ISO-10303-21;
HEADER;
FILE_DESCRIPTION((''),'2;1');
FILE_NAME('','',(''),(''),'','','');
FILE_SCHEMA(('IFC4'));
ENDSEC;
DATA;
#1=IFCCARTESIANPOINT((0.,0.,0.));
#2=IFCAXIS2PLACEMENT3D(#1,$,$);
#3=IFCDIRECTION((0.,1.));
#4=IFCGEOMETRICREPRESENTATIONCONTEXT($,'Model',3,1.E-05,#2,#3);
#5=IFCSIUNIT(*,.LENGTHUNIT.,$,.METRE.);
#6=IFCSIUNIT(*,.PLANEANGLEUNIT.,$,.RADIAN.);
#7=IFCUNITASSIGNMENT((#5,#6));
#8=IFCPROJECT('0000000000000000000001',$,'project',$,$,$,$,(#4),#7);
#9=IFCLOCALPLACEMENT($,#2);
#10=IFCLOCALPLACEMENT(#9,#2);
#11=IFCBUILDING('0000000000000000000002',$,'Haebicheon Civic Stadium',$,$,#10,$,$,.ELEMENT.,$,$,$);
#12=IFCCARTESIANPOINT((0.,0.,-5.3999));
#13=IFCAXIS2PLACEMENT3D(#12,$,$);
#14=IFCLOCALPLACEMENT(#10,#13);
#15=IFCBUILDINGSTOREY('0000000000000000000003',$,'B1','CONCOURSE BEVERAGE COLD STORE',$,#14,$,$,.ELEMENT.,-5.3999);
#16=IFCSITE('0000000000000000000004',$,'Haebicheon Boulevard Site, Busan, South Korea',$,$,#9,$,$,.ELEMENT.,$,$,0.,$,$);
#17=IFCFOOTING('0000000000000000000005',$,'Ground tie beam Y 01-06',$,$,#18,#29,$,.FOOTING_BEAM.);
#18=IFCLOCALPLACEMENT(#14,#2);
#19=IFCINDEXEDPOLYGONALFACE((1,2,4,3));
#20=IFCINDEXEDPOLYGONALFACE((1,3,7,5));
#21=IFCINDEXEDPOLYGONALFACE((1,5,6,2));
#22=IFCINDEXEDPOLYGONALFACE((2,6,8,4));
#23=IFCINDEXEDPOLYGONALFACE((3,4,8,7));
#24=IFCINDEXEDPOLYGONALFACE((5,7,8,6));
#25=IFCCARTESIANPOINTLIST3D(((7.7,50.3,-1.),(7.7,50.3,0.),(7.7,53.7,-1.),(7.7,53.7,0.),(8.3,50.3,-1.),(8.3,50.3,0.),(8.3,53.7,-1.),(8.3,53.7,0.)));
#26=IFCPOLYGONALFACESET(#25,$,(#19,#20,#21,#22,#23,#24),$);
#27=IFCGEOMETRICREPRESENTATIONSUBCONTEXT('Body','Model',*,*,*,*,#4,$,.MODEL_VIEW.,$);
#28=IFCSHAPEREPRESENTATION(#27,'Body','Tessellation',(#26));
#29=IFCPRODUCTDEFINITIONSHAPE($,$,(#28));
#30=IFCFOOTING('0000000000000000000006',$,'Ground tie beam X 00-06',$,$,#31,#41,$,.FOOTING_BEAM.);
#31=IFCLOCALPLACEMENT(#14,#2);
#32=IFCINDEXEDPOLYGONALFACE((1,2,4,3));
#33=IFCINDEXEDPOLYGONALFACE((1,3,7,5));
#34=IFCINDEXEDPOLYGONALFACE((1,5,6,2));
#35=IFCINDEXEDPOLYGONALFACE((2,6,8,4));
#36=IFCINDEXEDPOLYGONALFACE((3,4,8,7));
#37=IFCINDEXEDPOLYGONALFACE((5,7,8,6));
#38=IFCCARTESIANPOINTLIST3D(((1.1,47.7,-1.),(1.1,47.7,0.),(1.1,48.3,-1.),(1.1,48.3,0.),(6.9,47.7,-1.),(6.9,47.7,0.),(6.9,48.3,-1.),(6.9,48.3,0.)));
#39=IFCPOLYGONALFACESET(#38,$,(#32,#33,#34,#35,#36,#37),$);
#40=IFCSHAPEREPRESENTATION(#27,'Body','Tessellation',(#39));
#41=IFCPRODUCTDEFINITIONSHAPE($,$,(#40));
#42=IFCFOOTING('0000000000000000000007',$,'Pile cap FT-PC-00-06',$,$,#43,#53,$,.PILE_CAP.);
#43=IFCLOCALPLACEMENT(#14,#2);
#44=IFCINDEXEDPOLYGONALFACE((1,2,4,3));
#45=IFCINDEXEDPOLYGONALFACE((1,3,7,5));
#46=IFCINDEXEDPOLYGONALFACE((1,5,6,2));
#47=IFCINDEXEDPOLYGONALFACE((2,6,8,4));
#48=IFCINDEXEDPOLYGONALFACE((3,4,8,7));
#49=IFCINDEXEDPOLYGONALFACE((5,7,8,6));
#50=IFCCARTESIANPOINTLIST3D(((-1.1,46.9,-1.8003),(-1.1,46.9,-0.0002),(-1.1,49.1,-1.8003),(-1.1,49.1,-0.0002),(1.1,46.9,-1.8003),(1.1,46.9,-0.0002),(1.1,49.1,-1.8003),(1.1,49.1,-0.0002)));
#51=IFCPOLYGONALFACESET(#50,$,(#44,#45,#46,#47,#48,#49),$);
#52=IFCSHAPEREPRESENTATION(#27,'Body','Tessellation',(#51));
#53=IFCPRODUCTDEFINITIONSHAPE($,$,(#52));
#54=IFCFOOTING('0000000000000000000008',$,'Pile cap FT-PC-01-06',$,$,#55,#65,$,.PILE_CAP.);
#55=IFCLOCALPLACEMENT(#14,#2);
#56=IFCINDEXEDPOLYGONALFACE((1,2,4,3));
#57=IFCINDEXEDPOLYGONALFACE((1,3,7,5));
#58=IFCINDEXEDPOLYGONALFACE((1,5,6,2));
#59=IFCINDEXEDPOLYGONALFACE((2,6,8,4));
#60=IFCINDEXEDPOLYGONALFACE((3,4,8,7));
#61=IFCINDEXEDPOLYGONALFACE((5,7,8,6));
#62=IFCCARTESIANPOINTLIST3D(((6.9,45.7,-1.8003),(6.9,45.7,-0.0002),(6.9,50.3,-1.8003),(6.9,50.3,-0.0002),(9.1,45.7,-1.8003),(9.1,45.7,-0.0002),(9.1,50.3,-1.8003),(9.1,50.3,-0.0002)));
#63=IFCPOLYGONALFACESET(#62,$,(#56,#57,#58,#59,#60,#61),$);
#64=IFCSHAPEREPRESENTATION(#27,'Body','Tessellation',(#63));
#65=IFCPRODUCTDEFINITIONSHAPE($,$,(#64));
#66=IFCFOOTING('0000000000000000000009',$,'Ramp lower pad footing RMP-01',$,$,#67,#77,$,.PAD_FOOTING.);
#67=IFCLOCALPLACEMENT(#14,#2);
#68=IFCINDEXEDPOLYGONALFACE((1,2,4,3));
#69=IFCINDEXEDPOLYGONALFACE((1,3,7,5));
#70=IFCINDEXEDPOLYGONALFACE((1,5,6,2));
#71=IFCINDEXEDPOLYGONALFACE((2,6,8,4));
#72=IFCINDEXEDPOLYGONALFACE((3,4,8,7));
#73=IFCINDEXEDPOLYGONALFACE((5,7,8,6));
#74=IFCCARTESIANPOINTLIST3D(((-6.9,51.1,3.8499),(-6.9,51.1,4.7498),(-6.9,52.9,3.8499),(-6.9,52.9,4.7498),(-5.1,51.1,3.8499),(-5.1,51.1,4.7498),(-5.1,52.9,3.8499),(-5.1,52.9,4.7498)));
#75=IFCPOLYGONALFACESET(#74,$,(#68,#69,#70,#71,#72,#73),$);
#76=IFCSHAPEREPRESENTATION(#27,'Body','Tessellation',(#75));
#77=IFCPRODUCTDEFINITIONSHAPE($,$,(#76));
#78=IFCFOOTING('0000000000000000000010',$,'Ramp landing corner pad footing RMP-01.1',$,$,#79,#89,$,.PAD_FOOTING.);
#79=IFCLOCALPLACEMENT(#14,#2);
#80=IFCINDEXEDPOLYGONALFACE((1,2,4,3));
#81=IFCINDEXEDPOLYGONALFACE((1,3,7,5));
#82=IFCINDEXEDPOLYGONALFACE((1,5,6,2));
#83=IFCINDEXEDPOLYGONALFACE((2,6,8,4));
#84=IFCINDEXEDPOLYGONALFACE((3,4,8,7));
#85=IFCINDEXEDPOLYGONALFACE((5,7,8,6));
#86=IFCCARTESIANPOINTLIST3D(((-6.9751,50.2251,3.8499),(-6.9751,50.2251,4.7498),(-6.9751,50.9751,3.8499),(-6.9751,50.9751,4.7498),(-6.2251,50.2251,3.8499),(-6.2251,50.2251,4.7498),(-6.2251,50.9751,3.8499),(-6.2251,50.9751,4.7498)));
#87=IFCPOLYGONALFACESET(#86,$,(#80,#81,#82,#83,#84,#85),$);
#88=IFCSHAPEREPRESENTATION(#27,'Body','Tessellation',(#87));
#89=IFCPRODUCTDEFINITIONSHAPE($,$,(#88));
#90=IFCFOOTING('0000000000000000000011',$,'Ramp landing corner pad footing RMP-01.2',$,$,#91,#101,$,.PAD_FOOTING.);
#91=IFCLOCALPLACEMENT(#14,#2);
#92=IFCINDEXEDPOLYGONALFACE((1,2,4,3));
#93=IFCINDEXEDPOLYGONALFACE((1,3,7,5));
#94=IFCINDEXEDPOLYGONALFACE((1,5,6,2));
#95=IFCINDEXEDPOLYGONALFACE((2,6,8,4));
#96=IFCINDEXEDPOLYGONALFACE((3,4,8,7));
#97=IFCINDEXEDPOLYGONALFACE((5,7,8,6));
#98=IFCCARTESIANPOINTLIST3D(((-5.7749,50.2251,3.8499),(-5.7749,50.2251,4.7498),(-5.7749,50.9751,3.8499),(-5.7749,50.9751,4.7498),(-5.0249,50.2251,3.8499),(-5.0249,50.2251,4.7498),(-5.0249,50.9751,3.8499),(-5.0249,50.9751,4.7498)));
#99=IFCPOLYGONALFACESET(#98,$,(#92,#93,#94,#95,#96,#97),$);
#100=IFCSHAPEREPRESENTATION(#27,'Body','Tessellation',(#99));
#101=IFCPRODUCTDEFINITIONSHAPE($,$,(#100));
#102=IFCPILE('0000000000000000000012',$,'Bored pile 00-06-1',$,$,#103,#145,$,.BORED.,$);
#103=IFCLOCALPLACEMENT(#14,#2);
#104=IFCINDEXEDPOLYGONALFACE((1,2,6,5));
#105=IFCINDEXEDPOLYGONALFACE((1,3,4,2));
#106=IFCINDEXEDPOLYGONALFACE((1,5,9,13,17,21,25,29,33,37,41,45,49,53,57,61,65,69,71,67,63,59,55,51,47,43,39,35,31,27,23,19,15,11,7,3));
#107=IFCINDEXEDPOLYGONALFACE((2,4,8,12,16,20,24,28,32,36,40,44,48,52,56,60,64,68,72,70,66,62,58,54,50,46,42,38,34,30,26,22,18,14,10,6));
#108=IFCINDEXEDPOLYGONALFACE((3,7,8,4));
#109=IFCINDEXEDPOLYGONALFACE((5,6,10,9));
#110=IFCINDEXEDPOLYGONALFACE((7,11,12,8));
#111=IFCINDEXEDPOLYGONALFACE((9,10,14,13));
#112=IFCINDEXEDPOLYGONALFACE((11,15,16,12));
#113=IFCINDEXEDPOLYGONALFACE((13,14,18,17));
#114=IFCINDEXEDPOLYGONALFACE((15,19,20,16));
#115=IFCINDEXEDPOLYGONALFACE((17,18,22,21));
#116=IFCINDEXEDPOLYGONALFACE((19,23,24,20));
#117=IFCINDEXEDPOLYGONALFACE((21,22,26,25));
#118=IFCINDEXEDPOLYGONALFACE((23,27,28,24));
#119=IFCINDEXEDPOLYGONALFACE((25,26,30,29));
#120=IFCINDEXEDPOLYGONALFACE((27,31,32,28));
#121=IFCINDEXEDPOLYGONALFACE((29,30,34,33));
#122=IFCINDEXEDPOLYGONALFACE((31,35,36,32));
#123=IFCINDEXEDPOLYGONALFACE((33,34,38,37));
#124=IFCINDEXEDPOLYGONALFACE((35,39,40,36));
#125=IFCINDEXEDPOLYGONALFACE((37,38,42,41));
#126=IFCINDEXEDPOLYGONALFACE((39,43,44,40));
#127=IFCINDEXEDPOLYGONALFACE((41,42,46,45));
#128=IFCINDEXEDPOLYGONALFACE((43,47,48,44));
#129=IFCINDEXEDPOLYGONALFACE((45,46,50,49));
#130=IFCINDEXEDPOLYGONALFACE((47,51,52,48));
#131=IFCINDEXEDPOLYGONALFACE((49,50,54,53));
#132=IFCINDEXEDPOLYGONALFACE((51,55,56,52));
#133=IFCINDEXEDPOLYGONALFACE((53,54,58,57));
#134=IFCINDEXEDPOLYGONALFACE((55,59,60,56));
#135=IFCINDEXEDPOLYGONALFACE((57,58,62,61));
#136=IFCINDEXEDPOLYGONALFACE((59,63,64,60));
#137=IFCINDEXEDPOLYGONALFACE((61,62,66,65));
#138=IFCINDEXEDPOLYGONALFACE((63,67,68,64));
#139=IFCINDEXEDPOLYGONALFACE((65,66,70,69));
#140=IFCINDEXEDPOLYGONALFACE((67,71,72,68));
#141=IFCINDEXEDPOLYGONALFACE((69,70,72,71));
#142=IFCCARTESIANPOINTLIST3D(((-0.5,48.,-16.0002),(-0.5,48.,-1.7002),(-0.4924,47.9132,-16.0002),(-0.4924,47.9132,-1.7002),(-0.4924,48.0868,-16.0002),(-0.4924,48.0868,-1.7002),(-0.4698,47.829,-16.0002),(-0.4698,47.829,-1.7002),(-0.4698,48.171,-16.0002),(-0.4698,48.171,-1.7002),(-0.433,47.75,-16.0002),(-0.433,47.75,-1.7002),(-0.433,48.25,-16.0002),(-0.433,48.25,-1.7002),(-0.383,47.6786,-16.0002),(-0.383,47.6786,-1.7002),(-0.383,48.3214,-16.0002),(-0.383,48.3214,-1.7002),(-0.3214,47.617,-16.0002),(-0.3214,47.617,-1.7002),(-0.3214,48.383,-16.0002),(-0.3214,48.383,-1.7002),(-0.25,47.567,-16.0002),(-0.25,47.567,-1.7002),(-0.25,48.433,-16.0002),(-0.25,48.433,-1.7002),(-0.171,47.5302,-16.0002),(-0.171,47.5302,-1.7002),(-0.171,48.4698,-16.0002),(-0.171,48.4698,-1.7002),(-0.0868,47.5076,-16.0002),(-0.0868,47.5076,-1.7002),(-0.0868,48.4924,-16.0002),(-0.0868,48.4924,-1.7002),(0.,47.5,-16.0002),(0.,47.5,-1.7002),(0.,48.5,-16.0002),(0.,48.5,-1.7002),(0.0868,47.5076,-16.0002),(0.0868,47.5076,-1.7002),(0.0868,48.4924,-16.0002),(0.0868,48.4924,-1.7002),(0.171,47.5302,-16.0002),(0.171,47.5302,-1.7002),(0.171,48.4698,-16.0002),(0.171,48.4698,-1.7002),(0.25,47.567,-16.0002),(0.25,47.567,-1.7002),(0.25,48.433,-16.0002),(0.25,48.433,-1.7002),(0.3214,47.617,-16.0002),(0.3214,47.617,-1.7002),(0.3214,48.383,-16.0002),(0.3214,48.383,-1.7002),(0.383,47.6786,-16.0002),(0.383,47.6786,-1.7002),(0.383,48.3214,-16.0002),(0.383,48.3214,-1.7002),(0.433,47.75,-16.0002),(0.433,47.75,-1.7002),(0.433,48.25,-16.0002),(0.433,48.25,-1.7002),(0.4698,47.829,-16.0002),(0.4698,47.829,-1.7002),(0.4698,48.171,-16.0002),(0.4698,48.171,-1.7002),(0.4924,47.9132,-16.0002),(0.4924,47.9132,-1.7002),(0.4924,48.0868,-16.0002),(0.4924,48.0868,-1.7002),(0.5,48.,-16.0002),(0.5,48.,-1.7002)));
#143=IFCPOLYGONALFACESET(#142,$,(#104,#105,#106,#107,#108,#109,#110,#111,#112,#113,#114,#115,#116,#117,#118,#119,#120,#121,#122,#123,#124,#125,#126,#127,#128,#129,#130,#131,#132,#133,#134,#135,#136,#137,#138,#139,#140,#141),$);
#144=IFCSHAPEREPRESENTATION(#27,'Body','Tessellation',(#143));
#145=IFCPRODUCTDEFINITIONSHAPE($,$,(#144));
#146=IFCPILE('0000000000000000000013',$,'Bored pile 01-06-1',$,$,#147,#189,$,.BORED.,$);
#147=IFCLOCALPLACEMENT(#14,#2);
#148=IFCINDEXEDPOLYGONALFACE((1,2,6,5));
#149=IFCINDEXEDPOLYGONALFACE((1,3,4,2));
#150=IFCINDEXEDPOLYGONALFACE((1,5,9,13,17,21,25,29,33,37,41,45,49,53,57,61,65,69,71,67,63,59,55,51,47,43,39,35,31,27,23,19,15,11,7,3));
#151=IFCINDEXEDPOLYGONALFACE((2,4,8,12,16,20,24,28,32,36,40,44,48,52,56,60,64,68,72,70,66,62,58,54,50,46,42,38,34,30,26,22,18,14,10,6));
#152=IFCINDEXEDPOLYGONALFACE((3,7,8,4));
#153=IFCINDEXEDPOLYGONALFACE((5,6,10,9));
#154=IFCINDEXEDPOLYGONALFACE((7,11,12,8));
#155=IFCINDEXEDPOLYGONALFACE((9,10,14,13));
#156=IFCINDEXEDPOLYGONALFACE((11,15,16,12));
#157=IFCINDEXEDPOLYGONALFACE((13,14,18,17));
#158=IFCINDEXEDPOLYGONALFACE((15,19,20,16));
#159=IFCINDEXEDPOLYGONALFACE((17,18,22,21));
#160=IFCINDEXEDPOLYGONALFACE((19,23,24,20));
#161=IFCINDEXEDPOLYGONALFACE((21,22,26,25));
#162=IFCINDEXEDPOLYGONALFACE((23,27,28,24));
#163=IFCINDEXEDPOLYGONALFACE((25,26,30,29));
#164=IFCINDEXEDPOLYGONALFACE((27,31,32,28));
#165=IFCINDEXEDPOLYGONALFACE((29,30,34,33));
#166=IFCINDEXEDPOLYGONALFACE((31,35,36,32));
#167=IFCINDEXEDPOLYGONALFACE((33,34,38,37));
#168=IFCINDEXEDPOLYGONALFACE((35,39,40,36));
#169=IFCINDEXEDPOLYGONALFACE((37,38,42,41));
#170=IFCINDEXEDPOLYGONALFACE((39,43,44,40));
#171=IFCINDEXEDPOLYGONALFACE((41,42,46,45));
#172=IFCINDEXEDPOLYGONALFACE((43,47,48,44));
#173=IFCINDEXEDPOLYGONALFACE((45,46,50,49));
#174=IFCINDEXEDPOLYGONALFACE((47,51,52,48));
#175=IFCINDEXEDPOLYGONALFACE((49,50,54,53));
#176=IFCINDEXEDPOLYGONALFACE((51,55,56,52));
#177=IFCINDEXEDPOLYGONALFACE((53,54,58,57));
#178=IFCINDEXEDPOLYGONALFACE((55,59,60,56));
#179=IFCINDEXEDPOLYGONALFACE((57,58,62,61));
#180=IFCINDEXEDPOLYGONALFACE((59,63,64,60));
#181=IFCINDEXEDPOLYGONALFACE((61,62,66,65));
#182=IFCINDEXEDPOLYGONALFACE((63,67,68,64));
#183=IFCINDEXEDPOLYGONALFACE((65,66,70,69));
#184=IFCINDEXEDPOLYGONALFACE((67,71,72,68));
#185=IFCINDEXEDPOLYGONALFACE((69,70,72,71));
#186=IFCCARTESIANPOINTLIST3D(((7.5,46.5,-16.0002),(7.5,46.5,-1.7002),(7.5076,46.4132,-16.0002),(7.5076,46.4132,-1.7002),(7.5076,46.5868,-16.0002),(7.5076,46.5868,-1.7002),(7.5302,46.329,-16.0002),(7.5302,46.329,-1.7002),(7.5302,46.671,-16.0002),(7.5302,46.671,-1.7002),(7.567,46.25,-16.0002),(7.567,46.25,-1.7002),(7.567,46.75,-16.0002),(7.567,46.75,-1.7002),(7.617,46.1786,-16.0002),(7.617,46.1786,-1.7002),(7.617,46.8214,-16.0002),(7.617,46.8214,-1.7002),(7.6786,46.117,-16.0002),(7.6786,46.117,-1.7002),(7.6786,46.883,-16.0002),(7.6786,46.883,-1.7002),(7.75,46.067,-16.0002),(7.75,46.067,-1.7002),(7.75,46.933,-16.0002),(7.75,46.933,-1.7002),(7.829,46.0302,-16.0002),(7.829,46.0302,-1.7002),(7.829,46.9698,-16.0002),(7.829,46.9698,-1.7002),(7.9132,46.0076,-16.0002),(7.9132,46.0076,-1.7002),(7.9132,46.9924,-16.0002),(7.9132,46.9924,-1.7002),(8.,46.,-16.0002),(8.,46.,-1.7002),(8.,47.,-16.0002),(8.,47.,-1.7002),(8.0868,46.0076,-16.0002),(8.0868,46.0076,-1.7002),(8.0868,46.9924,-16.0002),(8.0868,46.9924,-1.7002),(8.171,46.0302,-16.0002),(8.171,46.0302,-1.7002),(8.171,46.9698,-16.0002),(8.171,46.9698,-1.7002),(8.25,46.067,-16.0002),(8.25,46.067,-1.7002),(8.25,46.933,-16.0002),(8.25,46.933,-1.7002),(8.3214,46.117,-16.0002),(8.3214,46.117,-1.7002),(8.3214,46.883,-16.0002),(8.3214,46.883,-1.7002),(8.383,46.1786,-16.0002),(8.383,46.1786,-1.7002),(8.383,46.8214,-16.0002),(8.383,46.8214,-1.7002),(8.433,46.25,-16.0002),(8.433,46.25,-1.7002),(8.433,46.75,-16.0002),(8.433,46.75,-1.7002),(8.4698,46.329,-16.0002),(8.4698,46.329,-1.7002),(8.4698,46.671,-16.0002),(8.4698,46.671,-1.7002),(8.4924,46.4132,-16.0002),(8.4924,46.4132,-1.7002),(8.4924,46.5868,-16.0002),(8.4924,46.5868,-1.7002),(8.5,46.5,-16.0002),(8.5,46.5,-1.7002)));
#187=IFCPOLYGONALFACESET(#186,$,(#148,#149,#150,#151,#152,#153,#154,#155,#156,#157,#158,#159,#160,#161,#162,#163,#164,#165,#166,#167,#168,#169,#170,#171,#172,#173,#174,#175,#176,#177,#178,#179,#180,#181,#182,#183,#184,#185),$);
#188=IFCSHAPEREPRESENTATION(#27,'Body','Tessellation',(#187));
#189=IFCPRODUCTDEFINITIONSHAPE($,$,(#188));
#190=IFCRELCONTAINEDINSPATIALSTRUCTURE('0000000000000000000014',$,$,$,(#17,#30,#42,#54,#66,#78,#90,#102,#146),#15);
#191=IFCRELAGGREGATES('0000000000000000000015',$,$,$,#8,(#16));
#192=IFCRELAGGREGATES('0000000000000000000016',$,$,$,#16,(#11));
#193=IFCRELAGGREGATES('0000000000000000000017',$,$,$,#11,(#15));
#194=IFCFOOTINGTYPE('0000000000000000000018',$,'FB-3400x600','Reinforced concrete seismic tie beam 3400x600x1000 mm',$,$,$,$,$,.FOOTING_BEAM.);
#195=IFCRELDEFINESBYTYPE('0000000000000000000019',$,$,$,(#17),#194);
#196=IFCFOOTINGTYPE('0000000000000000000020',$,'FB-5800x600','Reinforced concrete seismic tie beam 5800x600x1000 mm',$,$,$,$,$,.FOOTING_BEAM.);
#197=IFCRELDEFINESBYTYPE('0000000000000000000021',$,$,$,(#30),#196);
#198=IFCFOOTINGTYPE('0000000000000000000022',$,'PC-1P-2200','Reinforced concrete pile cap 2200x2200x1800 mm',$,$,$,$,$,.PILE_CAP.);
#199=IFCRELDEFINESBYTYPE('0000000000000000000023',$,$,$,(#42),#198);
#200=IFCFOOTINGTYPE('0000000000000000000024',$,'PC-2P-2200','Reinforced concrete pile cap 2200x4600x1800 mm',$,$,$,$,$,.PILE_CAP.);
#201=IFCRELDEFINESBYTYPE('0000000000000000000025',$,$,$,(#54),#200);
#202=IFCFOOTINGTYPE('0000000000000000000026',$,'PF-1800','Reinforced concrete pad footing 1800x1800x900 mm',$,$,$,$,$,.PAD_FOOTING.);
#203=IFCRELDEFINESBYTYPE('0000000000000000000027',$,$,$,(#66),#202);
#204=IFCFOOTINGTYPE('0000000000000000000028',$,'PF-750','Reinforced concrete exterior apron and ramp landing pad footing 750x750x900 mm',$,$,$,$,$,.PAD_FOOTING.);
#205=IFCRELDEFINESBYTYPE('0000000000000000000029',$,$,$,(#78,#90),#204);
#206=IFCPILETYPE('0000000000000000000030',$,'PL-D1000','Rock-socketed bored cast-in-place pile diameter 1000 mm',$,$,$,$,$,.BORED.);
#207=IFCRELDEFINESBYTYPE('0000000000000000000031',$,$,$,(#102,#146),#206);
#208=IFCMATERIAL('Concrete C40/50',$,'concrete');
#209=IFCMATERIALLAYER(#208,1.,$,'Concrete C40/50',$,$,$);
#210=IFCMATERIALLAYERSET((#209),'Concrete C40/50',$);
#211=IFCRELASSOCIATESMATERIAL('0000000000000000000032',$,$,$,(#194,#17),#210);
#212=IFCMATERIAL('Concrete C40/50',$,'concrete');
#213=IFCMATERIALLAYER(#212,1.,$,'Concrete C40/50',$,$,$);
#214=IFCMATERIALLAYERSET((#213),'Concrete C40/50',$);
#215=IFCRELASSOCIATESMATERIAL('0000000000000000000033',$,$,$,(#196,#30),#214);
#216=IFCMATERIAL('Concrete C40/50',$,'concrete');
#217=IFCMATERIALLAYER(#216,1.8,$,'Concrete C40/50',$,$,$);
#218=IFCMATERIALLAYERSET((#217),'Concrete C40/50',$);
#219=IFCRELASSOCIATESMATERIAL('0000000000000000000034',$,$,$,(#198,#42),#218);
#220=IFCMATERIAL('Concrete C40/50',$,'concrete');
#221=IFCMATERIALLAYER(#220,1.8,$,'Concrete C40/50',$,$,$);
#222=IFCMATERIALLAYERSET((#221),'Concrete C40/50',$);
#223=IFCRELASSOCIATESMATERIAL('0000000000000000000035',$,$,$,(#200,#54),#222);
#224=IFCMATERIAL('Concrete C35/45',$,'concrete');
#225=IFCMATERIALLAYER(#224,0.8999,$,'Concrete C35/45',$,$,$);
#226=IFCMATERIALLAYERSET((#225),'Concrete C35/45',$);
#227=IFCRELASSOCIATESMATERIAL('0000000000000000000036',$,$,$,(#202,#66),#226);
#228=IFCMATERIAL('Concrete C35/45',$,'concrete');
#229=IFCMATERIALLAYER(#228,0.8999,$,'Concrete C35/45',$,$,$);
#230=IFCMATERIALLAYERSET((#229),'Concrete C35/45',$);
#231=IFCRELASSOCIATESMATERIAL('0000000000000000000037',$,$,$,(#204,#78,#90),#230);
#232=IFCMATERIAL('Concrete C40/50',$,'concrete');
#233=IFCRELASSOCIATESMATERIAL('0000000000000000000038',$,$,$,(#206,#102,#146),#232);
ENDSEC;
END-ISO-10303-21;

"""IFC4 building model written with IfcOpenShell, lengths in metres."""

from ifc_helpers import new_model, si_unit, direction, frame, origin, origin_2d, place, context, subcontext, project, spatial, rectangle, circle, extrude, material, layer, layer_set, material_profile, profile_set, type_object, element, save


model = new_model("IFC4")

# Units and contexts
model_context = context("Model", 3, precision=1e-05, world=origin(), true_north=direction((0.0, 1.0)))
body_context = subcontext(model_context, "Body", "Model", "MODEL_VIEW")
ifc_project = project(units=[si_unit("LENGTHUNIT", "METRE"), si_unit("PLANEANGLEUNIT", "RADIAN")], contexts=[model_context])

# Site, building, storey
site_placement = place(None, origin())
site = spatial("IfcSite", under=ifc_project, at=site_placement, Name="Haebicheon Boulevard Site, Busan, South Korea", CompositionType="ELEMENT", RefElevation=0.0)
building_placement = place(site_placement, origin())
building = spatial("IfcBuilding", under=site, at=building_placement, Name="Haebicheon Civic Stadium", CompositionType="ELEMENT")
storey_placement = place(building_placement, frame((0.0, 0.0, -5.3999)))
storey = spatial("IfcBuildingStorey", under=building, at=storey_placement, Name="B1", Description="CONCOURSE BEVERAGE COLD STORE", CompositionType="ELEMENT", Elevation=-5.3999)

# Footings
ifc_material_1 = material(Name="Concrete C40/50", Category="concrete")
ifc_layer_1 = layer(ifc_material_1, 1.0, Name="Concrete C40/50")
ifc_layer_set_1 = layer_set([ifc_layer_1], Name="Concrete C40/50")
footing_type_1 = type_object("IfcFootingType", Name="FB-3400x600", Description="Reinforced concrete seismic tie beam 3400x600x1000 mm", PredefinedType="FOOTING_BEAM", material=ifc_layer_set_1)
footing_1_placement = place(storey_placement, frame((8.0, 52.0, -1.0), z_axis=(0.0, 0.0, 1.0), x_axis=(0.0, 1.0, 0.0)))
element("IfcFooting", 1, at=footing_1_placement, inside=storey, type_object=footing_type_1, material=ifc_layer_set_1, Name="Ground tie beam Y 01-06", PredefinedType="FOOTING_BEAM", context=body_context, shape_type="SweptSolid", body=[
    extrude(rectangle(XDim=3.3999, YDim=0.6001, at=origin_2d()), origin(), (0.0, 0.0, 1.0), 1.0),
])
ifc_material_2 = material(Name="Concrete C40/50", Category="concrete")
ifc_layer_2 = layer(ifc_material_2, 1.0, Name="Concrete C40/50")
ifc_layer_set_2 = layer_set([ifc_layer_2], Name="Concrete C40/50")
footing_type_2 = type_object("IfcFootingType", Name="FB-5800x600", Description="Reinforced concrete seismic tie beam 5800x600x1000 mm", PredefinedType="FOOTING_BEAM", material=ifc_layer_set_2)
footing_2_placement = place(storey_placement, frame((4.0, 48.0, -1.0), z_axis=(0.0, 0.0, 1.0), x_axis=(1.0, 0.0, 0.0)))
element("IfcFooting", 2, at=footing_2_placement, inside=storey, type_object=footing_type_2, material=ifc_layer_set_2, Name="Ground tie beam X 00-06", PredefinedType="FOOTING_BEAM", context=body_context, shape_type="SweptSolid", body=[
    extrude(rectangle(XDim=5.8, YDim=0.6001, at=origin_2d()), origin(), (0.0, 0.0, 1.0), 1.0),
])
ifc_material_3 = material(Name="Concrete C40/50", Category="concrete")
ifc_layer_3 = layer(ifc_material_3, 1.8, Name="Concrete C40/50")
ifc_layer_set_3 = layer_set([ifc_layer_3], Name="Concrete C40/50")
footing_type_3 = type_object("IfcFootingType", Name="PC-1P-2200", Description="Reinforced concrete pile cap 2200x2200x1800 mm", PredefinedType="PILE_CAP", material=ifc_layer_set_3)
footing_3_placement = place(storey_placement, frame((0.0, 48.0, -1.8003), z_axis=(0.0, 0.0, 1.0), x_axis=(1.0, 0.0, 0.0)))
element("IfcFooting", 3, at=footing_3_placement, inside=storey, type_object=footing_type_3, material=ifc_layer_set_3, Name="Pile cap FT-PC-00-06", PredefinedType="PILE_CAP", context=body_context, shape_type="SweptSolid", body=[
    extrude(rectangle(XDim=2.2, YDim=2.2, at=origin_2d()), origin(), (0.0, 0.0, 1.0), 1.8),
])
ifc_material_4 = material(Name="Concrete C40/50", Category="concrete")
ifc_layer_4 = layer(ifc_material_4, 1.8, Name="Concrete C40/50")
ifc_layer_set_4 = layer_set([ifc_layer_4], Name="Concrete C40/50")
footing_type_4 = type_object("IfcFootingType", Name="PC-2P-2200", Description="Reinforced concrete pile cap 2200x4600x1800 mm", PredefinedType="PILE_CAP", material=ifc_layer_set_4)
footing_4_placement = place(storey_placement, frame((8.0, 48.0, -1.8003), z_axis=(0.0, 0.0, 1.0), x_axis=(1.0, 0.0, 0.0)))
element("IfcFooting", 4, at=footing_4_placement, inside=storey, type_object=footing_type_4, material=ifc_layer_set_4, Name="Pile cap FT-PC-01-06", PredefinedType="PILE_CAP", context=body_context, shape_type="SweptSolid", body=[
    extrude(rectangle(XDim=2.2, YDim=4.6001, at=origin_2d()), origin(), (0.0, 0.0, 1.0), 1.8),
])
ifc_material_5 = material(Name="Concrete C35/45", Category="concrete")
ifc_layer_5 = layer(ifc_material_5, 0.8999, Name="Concrete C35/45")
ifc_layer_set_5 = layer_set([ifc_layer_5], Name="Concrete C35/45")
footing_type_5 = type_object("IfcFootingType", Name="PF-1800", Description="Reinforced concrete pad footing 1800x1800x900 mm", PredefinedType="PAD_FOOTING", material=ifc_layer_set_5)
footing_5_placement = place(storey_placement, frame((-6.0, 52.0, 3.8499), z_axis=(0.0, 0.0, 1.0), x_axis=(1.0, 0.0, 0.0)))
element("IfcFooting", 5, at=footing_5_placement, inside=storey, type_object=footing_type_5, material=ifc_layer_set_5, Name="Ramp lower pad footing RMP-01", PredefinedType="PAD_FOOTING", context=body_context, shape_type="SweptSolid", body=[
    extrude(rectangle(XDim=1.8, YDim=1.8, at=origin_2d()), origin(), (0.0, 0.0, 1.0), 0.8999),
])
ifc_material_6 = material(Name="Concrete C35/45", Category="concrete")
ifc_layer_6 = layer(ifc_material_6, 0.8999, Name="Concrete C35/45")
ifc_layer_set_6 = layer_set([ifc_layer_6], Name="Concrete C35/45")
footing_type_6 = type_object("IfcFootingType", Name="PF-750", Description="Reinforced concrete exterior apron and ramp landing pad footing 750x750x900 mm", PredefinedType="PAD_FOOTING", material=ifc_layer_set_6)
for number, where, z_axis, x_axis, name in (
    (6, (-6.6001, 50.6001, 3.8499), (0.0, 0.0, 1.0), (1.0, 0.0, 0.0), "Ramp landing corner pad footing RMP-01.1"),
    (7, (-5.3999, 50.6001, 3.8499), (0.0, 0.0, 1.0), (1.0, 0.0, 0.0), "Ramp landing corner pad footing RMP-01.2"),
):
    element("IfcFooting", number, at=place(storey_placement, frame(where, z_axis=z_axis, x_axis=x_axis)), inside=storey, type_object=footing_type_6, material=ifc_layer_set_6, Name=name, PredefinedType="PAD_FOOTING", context=body_context, shape_type="SweptSolid", body=[
        extrude(rectangle(XDim=0.75, YDim=0.75, at=origin_2d()), origin(), (0.0, 0.0, 1.0), 0.8999),
    ])

# Piles
ifc_material_7 = material(Name="Concrete C40/50", Category="concrete")
ifc_material_profile_1 = material_profile(ifc_material_7, circle(Radius=0.5, at=origin_2d()), Name="PILE-D1000")
ifc_profile_set_1 = profile_set([ifc_material_profile_1], Name="Concrete C40/50")
pile_type = type_object("IfcPileType", Name="PL-D1000", Description="Rock-socketed bored cast-in-place pile diameter 1000 mm", PredefinedType="BORED", material=ifc_profile_set_1)
for number, where, z_axis, x_axis, name in (
    (8, (0.0, 48.0, -1.7002), (0.0, 0.0, -1.0), (1.0, 0.0, 0.0), "Bored pile 00-06-1"),
    (9, (8.0, 46.5, -1.7002), (0.0, 0.0, -1.0), (1.0, 0.0, 0.0), "Bored pile 01-06-1"),
):
    element("IfcPile", number, at=place(storey_placement, frame(where, z_axis=z_axis, x_axis=x_axis)), inside=storey, type_object=pile_type, material=ifc_profile_set_1, Name=name, PredefinedType="BORED", context=body_context, shape_type="SweptSolid", body=[
        extrude(circle(Radius=0.5, at=origin_2d()), origin(), (0.0, 0.0, 1.0), 14.3),
    ])

save(model, "model.ifc")
